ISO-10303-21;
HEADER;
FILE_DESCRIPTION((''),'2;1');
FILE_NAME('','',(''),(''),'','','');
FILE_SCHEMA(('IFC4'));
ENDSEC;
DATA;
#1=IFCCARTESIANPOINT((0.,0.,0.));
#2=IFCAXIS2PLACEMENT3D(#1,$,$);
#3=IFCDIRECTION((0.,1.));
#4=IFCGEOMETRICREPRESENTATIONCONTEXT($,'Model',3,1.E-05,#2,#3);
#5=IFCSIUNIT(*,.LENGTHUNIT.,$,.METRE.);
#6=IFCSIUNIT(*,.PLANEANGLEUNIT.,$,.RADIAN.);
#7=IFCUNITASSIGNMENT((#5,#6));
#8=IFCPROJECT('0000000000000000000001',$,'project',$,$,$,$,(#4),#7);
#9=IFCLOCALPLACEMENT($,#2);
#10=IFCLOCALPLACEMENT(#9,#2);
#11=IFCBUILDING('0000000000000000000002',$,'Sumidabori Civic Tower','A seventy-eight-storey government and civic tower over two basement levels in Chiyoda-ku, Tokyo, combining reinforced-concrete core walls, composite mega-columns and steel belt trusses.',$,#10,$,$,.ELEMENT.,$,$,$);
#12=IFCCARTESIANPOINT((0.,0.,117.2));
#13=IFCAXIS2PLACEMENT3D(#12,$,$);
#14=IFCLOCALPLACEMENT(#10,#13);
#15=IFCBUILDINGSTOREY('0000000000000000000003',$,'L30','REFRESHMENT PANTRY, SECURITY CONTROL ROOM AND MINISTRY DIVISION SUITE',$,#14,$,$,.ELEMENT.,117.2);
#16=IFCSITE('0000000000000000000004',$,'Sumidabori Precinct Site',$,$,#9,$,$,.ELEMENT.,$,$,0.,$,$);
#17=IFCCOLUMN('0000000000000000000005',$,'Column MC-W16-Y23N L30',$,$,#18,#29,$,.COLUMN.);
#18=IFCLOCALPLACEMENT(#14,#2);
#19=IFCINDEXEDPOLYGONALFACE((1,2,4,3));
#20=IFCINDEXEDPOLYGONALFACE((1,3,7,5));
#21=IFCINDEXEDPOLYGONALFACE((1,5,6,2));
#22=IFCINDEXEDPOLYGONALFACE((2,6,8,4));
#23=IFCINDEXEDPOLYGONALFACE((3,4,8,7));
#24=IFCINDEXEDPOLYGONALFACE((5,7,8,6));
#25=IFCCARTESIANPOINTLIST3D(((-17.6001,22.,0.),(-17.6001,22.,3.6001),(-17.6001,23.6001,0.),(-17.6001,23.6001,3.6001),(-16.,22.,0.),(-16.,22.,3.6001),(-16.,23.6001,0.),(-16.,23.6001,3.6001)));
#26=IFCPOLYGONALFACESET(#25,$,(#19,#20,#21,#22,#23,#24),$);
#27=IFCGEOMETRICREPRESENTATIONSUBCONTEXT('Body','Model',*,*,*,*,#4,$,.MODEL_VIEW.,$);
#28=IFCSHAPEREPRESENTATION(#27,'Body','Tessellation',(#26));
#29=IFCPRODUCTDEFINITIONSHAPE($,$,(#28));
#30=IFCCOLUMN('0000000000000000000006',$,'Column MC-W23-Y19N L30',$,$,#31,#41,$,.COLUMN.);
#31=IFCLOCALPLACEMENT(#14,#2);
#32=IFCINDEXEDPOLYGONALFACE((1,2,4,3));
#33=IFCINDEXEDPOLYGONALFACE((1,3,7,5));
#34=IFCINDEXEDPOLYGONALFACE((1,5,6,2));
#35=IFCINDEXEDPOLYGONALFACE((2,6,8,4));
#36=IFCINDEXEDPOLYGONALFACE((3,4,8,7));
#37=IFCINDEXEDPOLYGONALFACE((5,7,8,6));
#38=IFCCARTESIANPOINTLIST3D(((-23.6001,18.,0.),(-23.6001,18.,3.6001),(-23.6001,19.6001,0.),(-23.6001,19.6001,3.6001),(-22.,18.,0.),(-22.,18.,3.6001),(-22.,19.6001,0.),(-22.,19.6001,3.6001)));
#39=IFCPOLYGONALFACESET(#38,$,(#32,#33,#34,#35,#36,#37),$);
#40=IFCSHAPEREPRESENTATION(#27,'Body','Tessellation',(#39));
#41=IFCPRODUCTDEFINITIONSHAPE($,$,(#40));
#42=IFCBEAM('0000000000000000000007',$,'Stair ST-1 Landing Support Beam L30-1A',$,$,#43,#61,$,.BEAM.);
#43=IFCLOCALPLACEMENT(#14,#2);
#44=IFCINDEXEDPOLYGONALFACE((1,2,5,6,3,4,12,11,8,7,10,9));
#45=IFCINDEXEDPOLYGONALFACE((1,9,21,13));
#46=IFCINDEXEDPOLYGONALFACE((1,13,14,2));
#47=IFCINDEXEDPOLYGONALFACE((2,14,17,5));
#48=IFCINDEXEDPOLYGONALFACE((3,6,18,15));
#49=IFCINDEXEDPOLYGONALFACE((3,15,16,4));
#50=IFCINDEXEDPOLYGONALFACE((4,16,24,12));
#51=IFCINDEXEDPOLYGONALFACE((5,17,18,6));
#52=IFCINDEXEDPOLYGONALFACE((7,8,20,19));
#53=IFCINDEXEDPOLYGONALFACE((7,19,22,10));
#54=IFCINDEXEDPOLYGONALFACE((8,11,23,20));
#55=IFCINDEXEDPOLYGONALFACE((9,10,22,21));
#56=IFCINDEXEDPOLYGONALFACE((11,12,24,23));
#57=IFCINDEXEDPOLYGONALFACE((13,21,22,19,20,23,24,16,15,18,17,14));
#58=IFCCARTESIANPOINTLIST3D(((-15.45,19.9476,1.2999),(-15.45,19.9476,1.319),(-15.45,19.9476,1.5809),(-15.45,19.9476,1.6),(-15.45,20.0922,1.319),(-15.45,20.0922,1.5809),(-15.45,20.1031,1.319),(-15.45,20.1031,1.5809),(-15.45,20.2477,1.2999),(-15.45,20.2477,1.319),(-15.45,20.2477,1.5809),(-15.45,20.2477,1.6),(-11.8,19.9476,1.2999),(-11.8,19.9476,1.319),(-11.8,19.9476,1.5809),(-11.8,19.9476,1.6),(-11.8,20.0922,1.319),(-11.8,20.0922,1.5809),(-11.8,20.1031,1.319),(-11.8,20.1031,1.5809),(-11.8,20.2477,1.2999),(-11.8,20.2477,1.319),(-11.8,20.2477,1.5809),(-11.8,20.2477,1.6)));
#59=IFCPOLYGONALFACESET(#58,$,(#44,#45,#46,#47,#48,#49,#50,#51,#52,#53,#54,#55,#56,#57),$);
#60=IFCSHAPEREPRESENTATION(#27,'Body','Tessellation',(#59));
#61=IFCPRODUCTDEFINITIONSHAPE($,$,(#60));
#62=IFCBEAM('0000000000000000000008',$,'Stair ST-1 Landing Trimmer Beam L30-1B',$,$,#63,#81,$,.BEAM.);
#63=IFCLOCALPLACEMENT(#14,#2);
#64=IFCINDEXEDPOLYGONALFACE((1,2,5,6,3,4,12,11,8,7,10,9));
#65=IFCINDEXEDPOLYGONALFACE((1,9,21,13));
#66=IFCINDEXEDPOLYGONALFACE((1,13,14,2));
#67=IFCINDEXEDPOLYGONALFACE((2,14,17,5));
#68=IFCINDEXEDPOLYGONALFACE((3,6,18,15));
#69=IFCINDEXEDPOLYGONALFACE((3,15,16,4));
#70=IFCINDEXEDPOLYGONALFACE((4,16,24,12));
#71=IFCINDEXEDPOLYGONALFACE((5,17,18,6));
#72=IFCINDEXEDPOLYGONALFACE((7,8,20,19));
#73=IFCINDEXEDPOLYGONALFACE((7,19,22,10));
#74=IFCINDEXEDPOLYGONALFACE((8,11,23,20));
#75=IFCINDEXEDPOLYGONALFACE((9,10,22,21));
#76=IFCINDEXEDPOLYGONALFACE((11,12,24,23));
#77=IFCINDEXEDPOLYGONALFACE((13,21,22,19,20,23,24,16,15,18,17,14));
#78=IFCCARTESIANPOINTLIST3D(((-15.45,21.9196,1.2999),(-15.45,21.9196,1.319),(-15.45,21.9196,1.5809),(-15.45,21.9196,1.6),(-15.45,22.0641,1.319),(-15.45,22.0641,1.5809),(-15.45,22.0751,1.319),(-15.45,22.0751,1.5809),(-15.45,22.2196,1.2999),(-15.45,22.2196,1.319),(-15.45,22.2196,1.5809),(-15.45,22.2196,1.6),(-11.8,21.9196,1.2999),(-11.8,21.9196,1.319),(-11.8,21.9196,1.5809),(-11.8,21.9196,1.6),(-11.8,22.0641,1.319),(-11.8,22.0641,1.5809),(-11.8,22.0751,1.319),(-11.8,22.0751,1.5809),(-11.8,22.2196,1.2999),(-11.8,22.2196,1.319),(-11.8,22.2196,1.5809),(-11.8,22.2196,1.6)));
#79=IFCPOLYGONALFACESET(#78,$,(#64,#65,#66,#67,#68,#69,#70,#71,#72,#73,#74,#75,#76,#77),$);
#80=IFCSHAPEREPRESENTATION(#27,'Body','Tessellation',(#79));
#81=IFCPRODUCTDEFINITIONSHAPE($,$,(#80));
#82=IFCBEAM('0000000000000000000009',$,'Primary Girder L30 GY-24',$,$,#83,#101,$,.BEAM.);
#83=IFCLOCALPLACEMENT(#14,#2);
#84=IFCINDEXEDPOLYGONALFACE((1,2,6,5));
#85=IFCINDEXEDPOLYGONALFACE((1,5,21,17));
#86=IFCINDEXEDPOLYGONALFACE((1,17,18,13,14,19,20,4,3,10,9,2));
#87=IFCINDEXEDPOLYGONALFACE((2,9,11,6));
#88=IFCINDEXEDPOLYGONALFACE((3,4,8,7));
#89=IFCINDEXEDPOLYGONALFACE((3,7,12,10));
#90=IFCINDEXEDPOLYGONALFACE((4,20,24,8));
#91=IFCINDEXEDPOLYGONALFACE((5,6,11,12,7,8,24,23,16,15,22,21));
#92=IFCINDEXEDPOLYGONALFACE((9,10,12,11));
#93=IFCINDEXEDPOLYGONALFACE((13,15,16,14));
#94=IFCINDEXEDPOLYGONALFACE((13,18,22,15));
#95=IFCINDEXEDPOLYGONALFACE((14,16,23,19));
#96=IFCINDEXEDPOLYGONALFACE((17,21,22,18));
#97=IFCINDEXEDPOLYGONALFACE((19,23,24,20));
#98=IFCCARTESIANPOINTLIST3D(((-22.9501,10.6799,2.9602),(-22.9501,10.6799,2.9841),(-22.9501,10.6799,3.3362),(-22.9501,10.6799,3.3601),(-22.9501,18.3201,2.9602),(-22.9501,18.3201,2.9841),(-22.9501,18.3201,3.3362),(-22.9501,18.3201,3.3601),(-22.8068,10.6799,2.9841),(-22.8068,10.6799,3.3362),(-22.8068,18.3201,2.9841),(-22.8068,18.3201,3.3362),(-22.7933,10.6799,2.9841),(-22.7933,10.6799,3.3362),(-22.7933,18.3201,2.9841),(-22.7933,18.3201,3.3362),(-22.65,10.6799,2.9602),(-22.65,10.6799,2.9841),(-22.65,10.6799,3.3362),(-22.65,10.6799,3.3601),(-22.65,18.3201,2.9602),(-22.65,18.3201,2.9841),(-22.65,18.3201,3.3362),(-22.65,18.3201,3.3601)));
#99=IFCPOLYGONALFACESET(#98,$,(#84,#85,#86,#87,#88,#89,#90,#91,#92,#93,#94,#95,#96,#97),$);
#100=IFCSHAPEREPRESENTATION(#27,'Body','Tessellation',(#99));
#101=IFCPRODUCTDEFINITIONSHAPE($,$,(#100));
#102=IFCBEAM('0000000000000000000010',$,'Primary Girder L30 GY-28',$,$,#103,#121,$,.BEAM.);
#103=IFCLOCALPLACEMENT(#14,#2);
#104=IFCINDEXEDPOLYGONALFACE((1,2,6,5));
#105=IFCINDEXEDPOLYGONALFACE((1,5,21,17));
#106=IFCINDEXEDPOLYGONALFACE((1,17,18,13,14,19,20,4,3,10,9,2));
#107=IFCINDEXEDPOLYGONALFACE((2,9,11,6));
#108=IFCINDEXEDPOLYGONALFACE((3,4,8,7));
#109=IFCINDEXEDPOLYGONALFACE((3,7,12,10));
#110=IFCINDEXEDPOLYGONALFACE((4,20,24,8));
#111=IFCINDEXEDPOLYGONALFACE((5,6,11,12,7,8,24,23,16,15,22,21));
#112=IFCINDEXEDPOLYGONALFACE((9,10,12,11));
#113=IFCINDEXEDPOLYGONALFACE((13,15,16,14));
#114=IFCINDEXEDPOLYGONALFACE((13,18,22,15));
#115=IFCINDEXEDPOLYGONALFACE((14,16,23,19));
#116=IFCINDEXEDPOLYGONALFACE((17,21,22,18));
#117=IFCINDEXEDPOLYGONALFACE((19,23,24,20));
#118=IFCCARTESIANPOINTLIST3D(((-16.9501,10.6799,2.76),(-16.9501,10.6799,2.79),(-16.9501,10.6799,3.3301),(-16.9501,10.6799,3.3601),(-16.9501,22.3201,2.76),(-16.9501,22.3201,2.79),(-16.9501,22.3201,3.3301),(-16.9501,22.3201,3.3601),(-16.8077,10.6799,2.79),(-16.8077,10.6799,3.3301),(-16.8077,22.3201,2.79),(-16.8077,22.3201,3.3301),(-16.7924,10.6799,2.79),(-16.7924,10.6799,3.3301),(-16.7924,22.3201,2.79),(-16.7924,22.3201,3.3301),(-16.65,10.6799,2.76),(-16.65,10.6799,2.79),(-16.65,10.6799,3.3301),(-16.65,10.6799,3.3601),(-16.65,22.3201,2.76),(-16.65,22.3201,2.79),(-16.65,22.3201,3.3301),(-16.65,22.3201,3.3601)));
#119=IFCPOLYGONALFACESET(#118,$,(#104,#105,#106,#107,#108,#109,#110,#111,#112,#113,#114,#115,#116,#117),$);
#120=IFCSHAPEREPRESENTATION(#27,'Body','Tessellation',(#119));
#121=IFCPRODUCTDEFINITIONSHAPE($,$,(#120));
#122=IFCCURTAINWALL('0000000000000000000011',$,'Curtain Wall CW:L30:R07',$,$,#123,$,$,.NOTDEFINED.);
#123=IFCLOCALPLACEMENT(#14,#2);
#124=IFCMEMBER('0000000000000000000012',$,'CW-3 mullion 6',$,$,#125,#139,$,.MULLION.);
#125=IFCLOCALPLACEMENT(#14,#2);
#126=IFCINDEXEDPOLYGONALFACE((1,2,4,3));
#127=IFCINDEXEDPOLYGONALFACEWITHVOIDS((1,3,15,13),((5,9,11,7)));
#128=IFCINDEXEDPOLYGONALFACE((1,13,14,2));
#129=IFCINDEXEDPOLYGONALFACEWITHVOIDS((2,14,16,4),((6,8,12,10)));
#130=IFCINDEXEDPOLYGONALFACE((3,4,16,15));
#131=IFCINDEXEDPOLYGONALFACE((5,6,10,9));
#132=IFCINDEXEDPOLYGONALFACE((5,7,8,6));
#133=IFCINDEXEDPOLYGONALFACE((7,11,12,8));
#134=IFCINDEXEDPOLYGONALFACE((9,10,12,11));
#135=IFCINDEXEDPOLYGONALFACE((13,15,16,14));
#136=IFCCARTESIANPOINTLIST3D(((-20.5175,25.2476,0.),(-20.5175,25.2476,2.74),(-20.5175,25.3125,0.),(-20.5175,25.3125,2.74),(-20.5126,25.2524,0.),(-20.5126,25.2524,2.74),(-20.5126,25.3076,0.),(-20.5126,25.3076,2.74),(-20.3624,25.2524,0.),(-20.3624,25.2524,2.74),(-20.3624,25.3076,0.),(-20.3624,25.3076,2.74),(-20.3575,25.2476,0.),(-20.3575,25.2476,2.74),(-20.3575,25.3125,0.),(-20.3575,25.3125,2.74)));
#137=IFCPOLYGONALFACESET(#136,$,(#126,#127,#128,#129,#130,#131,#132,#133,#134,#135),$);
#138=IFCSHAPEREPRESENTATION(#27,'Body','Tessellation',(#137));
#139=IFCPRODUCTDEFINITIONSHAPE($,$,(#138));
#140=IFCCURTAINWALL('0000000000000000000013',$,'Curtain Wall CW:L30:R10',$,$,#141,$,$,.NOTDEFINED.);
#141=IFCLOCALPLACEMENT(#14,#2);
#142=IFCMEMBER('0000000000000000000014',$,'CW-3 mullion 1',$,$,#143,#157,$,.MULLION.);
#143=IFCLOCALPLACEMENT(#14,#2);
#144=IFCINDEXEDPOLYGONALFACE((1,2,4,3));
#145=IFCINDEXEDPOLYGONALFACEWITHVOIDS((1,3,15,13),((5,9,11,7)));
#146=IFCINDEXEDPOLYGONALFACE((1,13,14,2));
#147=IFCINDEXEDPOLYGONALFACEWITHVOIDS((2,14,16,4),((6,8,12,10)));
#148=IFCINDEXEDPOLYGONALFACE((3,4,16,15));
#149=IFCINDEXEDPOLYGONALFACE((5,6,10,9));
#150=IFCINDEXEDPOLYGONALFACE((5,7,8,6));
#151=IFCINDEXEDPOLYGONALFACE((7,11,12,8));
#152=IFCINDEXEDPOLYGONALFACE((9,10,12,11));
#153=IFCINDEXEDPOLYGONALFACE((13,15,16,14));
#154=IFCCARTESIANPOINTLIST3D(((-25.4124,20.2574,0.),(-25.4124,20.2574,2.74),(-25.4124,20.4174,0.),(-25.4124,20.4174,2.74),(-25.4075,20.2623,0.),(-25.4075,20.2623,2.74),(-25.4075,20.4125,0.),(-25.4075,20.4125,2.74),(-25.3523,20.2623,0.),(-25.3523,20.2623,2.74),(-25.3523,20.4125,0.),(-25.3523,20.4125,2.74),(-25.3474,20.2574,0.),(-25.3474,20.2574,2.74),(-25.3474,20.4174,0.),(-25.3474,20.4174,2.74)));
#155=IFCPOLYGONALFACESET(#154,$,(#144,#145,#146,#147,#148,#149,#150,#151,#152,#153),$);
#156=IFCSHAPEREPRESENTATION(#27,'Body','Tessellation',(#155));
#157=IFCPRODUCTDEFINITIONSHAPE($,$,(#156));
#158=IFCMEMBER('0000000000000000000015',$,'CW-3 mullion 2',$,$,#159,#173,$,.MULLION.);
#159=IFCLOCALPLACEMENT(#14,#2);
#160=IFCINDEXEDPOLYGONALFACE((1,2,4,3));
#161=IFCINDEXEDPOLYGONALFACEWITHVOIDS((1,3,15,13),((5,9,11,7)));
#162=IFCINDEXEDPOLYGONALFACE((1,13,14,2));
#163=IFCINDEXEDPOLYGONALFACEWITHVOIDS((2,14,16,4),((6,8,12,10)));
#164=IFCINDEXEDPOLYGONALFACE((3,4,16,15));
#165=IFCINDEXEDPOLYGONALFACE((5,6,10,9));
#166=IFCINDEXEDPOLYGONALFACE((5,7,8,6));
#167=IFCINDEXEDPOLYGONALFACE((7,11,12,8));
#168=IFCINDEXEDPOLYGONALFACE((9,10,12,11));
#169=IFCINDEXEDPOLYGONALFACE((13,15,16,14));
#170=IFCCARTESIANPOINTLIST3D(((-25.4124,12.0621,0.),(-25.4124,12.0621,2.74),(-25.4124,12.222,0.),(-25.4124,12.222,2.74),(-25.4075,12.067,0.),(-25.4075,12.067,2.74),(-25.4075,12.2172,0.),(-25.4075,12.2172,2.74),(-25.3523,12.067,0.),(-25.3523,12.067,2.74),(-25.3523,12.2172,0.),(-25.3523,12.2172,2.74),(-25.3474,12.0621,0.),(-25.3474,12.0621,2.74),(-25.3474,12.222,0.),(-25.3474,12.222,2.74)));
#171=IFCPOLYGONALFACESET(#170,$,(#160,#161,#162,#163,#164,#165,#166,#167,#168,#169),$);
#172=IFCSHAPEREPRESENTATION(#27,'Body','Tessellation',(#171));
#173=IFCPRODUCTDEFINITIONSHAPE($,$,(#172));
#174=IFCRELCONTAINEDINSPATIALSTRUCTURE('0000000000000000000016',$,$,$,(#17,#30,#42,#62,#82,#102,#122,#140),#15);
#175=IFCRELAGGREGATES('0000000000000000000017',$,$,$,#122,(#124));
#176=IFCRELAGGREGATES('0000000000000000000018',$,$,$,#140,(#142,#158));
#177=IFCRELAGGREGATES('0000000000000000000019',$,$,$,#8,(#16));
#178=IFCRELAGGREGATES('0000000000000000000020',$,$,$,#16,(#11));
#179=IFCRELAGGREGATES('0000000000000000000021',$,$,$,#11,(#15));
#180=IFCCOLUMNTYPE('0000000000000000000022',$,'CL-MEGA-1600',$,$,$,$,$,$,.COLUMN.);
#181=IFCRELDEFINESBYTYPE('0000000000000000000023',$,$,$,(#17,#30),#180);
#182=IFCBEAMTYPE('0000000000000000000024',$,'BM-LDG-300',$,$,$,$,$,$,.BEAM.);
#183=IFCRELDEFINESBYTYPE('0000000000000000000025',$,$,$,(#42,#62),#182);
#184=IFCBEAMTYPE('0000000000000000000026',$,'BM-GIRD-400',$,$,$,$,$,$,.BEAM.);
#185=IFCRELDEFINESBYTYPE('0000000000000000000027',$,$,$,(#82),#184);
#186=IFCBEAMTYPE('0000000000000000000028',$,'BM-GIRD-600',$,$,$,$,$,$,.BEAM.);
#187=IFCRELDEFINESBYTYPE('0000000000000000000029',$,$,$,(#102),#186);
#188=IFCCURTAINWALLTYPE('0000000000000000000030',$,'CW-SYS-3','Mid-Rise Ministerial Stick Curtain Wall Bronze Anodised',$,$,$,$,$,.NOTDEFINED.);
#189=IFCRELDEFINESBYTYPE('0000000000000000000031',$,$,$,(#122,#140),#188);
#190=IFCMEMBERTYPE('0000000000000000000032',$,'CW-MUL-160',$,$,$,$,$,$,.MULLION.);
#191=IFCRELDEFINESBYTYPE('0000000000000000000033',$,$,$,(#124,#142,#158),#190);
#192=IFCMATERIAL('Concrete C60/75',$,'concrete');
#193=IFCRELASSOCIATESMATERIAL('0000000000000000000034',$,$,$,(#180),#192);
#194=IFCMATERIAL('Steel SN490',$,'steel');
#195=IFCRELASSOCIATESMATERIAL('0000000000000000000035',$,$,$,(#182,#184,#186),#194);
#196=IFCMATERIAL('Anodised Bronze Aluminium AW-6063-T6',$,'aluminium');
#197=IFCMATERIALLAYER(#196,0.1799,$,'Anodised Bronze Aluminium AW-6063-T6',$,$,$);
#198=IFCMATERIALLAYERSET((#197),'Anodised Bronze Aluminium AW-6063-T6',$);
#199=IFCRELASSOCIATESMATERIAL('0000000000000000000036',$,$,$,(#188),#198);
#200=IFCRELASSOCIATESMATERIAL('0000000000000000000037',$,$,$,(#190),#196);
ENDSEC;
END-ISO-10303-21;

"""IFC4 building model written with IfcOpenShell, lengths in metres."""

from ifc_helpers import new_model, si_unit, direction, frame, origin, origin_2d, place, context, subcontext, project, spatial, rectangle, hollow_rectangle, i_section, extrude, source, transform, mapped, material, layer, layer_set, material_profile, profile_set, type_object, element, aggregate, save


model = new_model("IFC4")

# Units and contexts
model_context = context("Model", 3, precision=1e-05, world=origin(), true_north=direction((0.0, 1.0)))
body_context = subcontext(model_context, "Body", "Model", "MODEL_VIEW")
ifc_project = project(units=[si_unit("LENGTHUNIT", "METRE"), si_unit("PLANEANGLEUNIT", "RADIAN")], contexts=[model_context])

# Site, building, storey
site_placement = place(None, origin())
site = spatial("IfcSite", under=ifc_project, at=site_placement, Name="Sumidabori Precinct Site", CompositionType="ELEMENT", RefElevation=0.0)
building_placement = place(site_placement, origin())
building = spatial("IfcBuilding", under=site, at=building_placement, Name="Sumidabori Civic Tower", Description="A seventy-eight-storey government and civic tower over two basement levels in Chiyoda-ku, Tokyo, combining reinforced-concrete core walls, composite mega-columns and steel belt trusses.", CompositionType="ELEMENT")
storey_placement = place(building_placement, frame((0.0, 0.0, 117.2)))
storey = spatial("IfcBuildingStorey", under=building, at=storey_placement, Name="L30", Description="REFRESHMENT PANTRY, SECURITY CONTROL ROOM AND MINISTRY DIVISION SUITE", CompositionType="ELEMENT", Elevation=117.2)

# Columns
ifc_material_1 = material(Name="Concrete C60/75", Category="concrete")
ifc_material_profile_1 = material_profile(ifc_material_1, rectangle(XDim=1.6001, YDim=1.6001, at=origin_2d()), Name="RC 1600x1600")
ifc_profile_set_1 = profile_set([ifc_material_profile_1], Name="Concrete C60/75")
column_type = type_object("IfcColumnType", Name="CL-MEGA-1600", PredefinedType="COLUMN", material=ifc_profile_set_1)
shared_shape_1 = source(origin(), body_context, "Body", "SweptSolid", [
    extrude(rectangle(XDim=1.6001, YDim=1.6001, at=origin_2d()), origin(), (0.0, 0.0, 1.0), 3.6001),
])
for number, where, z_axis, x_axis, name in (
    (1, (-16.8, 22.8, 0.0), (0.0, 0.0, 1.0), (1.0, 0.0, 0.0), "Column MC-W16-Y23N L30"),
    (2, (-22.8, 18.8, 0.0), (0.0, 0.0, 1.0), (1.0, 0.0, 0.0), "Column MC-W23-Y19N L30"),
):
    element("IfcColumn", number, at=place(storey_placement, frame(where, z_axis=z_axis, x_axis=x_axis)), inside=storey, type_object=column_type, Name=name, PredefinedType="COLUMN", context=body_context, shape_type="MappedRepresentation", body=[
        mapped(shared_shape_1, transform((0.0, 0.0, 0.0), x_axis=(1.0, 0.0, 0.0), y_axis=(0.0, 1.0, 0.0), z_axis=(0.0, 0.0, 1.0), scale=1.0)),
    ])

# Beams
ifc_material_2 = material(Name="Steel SN490", Category="steel")
ifc_material_profile_2 = material_profile(ifc_material_2, i_section(OverallWidth=0.3, OverallDepth=0.3, WebThickness=0.011, FlangeThickness=0.019, at=origin_2d()), Name="HE 300 B")
ifc_profile_set_2 = profile_set([ifc_material_profile_2], Name="Steel SN490")
beam_type_1 = type_object("IfcBeamType", Name="BM-LDG-300", PredefinedType="BEAM", material=ifc_profile_set_2)
shared_shape_2 = source(origin(), body_context, "Body", "SweptSolid", [
    extrude(i_section(OverallWidth=0.3, OverallDepth=0.3, WebThickness=0.011, FlangeThickness=0.019, at=origin_2d()), origin(), (0.0, 0.0, 1.0), 3.6499),
])
for number, where, z_axis, x_axis, name in (
    (3, (-15.45, 20.0977, 1.45), (1.0, 0.0, 0.0), (0.0, 1.0, 0.0), "Stair ST-1 Landing Support Beam L30-1A"),
    (4, (-15.45, 22.0696, 1.45), (1.0, 0.0, 0.0), (0.0, 1.0, 0.0), "Stair ST-1 Landing Trimmer Beam L30-1B"),
):
    element("IfcBeam", number, at=place(storey_placement, frame(where, z_axis=z_axis, x_axis=x_axis)), inside=storey, type_object=beam_type_1, Name=name, PredefinedType="BEAM", context=body_context, shape_type="MappedRepresentation", body=[
        mapped(shared_shape_2, transform((0.0, 0.0, 0.0), x_axis=(1.0, 0.0, 0.0), y_axis=(0.0, 1.0, 0.0), z_axis=(0.0, 0.0, 1.0), scale=1.0)),
    ])
ifc_material_profile_3 = material_profile(ifc_material_2, i_section(OverallWidth=0.3, OverallDepth=0.3999, WebThickness=0.0134, FlangeThickness=0.0239, at=origin_2d()), Name="HE 400 B")
ifc_profile_set_3 = profile_set([ifc_material_profile_3], Name="Steel SN490")
beam_type_2 = type_object("IfcBeamType", Name="BM-GIRD-400", PredefinedType="BEAM", material=ifc_profile_set_3)
shared_shape_3 = source(origin(), body_context, "Body", "SweptSolid", [
    extrude(i_section(OverallWidth=0.3, OverallDepth=0.3999, WebThickness=0.0134, FlangeThickness=0.0239, at=origin_2d()), origin(), (0.0, 0.0, 1.0), 7.6401),
])
beam_1_placement = place(storey_placement, frame((-22.8, 10.6799, 3.1602), z_axis=(0.0, 1.0, 0.0), x_axis=(-1.0, 0.0, 0.0)))
element("IfcBeam", 5, at=beam_1_placement, inside=storey, type_object=beam_type_2, Name="Primary Girder L30 GY-24", PredefinedType="BEAM", context=body_context, shape_type="MappedRepresentation", body=[
    mapped(shared_shape_3, transform((0.0, 0.0, 0.0), x_axis=(1.0, 0.0, 0.0), y_axis=(0.0, 1.0, 0.0), z_axis=(0.0, 0.0, 1.0), scale=1.0)),
])
ifc_material_profile_4 = material_profile(ifc_material_2, i_section(OverallWidth=0.3, OverallDepth=0.6001, WebThickness=0.0154, FlangeThickness=0.03, at=origin_2d()), Name="HE 600 B")
ifc_profile_set_4 = profile_set([ifc_material_profile_4], Name="Steel SN490")
beam_type_3 = type_object("IfcBeamType", Name="BM-GIRD-600", PredefinedType="BEAM", material=ifc_profile_set_4)
shared_shape_4 = source(origin(), body_context, "Body", "SweptSolid", [
    extrude(i_section(OverallWidth=0.3, OverallDepth=0.6001, WebThickness=0.0154, FlangeThickness=0.03, at=origin_2d()), origin(), (0.0, 0.0, 1.0), 11.6401),
])
beam_2_placement = place(storey_placement, frame((-16.8, 10.6799, 3.0601), z_axis=(0.0, 1.0, 0.0), x_axis=(-1.0, 0.0, 0.0)))
element("IfcBeam", 6, at=beam_2_placement, inside=storey, type_object=beam_type_3, Name="Primary Girder L30 GY-28", PredefinedType="BEAM", context=body_context, shape_type="MappedRepresentation", body=[
    mapped(shared_shape_4, transform((0.0, 0.0, 0.0), x_axis=(1.0, 0.0, 0.0), y_axis=(0.0, 1.0, 0.0), z_axis=(0.0, 0.0, 1.0), scale=1.0)),
])

# Curtain wall, member
ifc_material_3 = material(Name="Anodised Bronze Aluminium AW-6063-T6", Category="aluminium")
ifc_layer_1 = layer(ifc_material_3, 0.1799, Name="Anodised Bronze Aluminium AW-6063-T6")
ifc_layer_set_1 = layer_set([ifc_layer_1], Name="Anodised Bronze Aluminium AW-6063-T6")
curtain_wall_type = type_object("IfcCurtainWallType", Name="CW-SYS-3", Description="Mid-Rise Ministerial Stick Curtain Wall Bronze Anodised", PredefinedType="NOTDEFINED", material=ifc_layer_set_1)
curtain_wall_1_placement = place(storey_placement, origin())
curtain_wall_1 = element("IfcCurtainWall", 7, at=curtain_wall_1_placement, inside=storey, type_object=curtain_wall_type, Name="Curtain Wall CW:L30:R07", PredefinedType="NOTDEFINED")
ifc_material_profile_5 = material_profile(ifc_material_3, hollow_rectangle(XDim=0.0649, YDim=0.1599, WallThickness=0.0049, at=origin_2d()), Name="ALU MULLION 160x65")
ifc_profile_set_5 = profile_set([ifc_material_profile_5], Name="Anodised Bronze Aluminium AW-6063-T6")
member_type_1 = type_object("IfcMemberType", Name="CW-MUL-160", PredefinedType="MULLION", material=ifc_profile_set_5)
shared_shape_5 = source(origin(), body_context, "Body", "SweptSolid", [
    extrude(hollow_rectangle(XDim=0.0649, YDim=0.1599, WallThickness=0.0049, at=origin_2d()), origin(), (0.0, 0.0, 1.0), 2.74),
])
member_1_placement = place(storey_placement, frame((-20.4375, 25.28, 0.0), z_axis=(0.0, 0.0, 1.0), x_axis=(0.0, -1.0, 0.0)))
member_1 = element("IfcMember", 8, at=member_1_placement, type_object=member_type_1, Name="CW-3 mullion 6", PredefinedType="MULLION", context=body_context, shape_type="MappedRepresentation", body=[
    mapped(shared_shape_5, transform((0.0, 0.0, 0.0), x_axis=(1.0, 0.0, 0.0), y_axis=(0.0, 1.0, 0.0), z_axis=(0.0, 0.0, 1.0), scale=1.0)),
])

# Curtain wall, members
curtain_wall_2_placement = place(storey_placement, origin())
curtain_wall_2 = element("IfcCurtainWall", 9, at=curtain_wall_2_placement, inside=storey, type_object=curtain_wall_type, Name="Curtain Wall CW:L30:R10", PredefinedType="NOTDEFINED")
member_2_placement = place(storey_placement, frame((-25.3799, 20.3374, 0.0), z_axis=(0.0, 0.0, 1.0), x_axis=(1.0, 0.0, 0.0)))
member_2 = element("IfcMember", 10, at=member_2_placement, type_object=member_type_1, Name="CW-3 mullion 1", PredefinedType="MULLION", context=body_context, shape_type="MappedRepresentation", body=[
    mapped(shared_shape_5, transform((0.0, 0.0, 0.0), x_axis=(1.0, 0.0, 0.0), y_axis=(0.0, 1.0, 0.0), z_axis=(0.0, 0.0, 1.0), scale=1.0)),
])
member_3_placement = place(storey_placement, frame((-25.3799, 12.1421, 0.0), z_axis=(0.0, 0.0, 1.0), x_axis=(1.0, 0.0, 0.0)))
member_3 = element("IfcMember", 11, at=member_3_placement, type_object=member_type_1, Name="CW-3 mullion 2", PredefinedType="MULLION", context=body_context, shape_type="MappedRepresentation", body=[
    mapped(shared_shape_5, transform((0.0, 0.0, 0.0), x_axis=(1.0, 0.0, 0.0), y_axis=(0.0, 1.0, 0.0), z_axis=(0.0, 0.0, 1.0), scale=1.0)),
])

aggregate(curtain_wall_1, [member_1])
aggregate(curtain_wall_2, [member_2, member_3])

save(model, "model.ifc")
